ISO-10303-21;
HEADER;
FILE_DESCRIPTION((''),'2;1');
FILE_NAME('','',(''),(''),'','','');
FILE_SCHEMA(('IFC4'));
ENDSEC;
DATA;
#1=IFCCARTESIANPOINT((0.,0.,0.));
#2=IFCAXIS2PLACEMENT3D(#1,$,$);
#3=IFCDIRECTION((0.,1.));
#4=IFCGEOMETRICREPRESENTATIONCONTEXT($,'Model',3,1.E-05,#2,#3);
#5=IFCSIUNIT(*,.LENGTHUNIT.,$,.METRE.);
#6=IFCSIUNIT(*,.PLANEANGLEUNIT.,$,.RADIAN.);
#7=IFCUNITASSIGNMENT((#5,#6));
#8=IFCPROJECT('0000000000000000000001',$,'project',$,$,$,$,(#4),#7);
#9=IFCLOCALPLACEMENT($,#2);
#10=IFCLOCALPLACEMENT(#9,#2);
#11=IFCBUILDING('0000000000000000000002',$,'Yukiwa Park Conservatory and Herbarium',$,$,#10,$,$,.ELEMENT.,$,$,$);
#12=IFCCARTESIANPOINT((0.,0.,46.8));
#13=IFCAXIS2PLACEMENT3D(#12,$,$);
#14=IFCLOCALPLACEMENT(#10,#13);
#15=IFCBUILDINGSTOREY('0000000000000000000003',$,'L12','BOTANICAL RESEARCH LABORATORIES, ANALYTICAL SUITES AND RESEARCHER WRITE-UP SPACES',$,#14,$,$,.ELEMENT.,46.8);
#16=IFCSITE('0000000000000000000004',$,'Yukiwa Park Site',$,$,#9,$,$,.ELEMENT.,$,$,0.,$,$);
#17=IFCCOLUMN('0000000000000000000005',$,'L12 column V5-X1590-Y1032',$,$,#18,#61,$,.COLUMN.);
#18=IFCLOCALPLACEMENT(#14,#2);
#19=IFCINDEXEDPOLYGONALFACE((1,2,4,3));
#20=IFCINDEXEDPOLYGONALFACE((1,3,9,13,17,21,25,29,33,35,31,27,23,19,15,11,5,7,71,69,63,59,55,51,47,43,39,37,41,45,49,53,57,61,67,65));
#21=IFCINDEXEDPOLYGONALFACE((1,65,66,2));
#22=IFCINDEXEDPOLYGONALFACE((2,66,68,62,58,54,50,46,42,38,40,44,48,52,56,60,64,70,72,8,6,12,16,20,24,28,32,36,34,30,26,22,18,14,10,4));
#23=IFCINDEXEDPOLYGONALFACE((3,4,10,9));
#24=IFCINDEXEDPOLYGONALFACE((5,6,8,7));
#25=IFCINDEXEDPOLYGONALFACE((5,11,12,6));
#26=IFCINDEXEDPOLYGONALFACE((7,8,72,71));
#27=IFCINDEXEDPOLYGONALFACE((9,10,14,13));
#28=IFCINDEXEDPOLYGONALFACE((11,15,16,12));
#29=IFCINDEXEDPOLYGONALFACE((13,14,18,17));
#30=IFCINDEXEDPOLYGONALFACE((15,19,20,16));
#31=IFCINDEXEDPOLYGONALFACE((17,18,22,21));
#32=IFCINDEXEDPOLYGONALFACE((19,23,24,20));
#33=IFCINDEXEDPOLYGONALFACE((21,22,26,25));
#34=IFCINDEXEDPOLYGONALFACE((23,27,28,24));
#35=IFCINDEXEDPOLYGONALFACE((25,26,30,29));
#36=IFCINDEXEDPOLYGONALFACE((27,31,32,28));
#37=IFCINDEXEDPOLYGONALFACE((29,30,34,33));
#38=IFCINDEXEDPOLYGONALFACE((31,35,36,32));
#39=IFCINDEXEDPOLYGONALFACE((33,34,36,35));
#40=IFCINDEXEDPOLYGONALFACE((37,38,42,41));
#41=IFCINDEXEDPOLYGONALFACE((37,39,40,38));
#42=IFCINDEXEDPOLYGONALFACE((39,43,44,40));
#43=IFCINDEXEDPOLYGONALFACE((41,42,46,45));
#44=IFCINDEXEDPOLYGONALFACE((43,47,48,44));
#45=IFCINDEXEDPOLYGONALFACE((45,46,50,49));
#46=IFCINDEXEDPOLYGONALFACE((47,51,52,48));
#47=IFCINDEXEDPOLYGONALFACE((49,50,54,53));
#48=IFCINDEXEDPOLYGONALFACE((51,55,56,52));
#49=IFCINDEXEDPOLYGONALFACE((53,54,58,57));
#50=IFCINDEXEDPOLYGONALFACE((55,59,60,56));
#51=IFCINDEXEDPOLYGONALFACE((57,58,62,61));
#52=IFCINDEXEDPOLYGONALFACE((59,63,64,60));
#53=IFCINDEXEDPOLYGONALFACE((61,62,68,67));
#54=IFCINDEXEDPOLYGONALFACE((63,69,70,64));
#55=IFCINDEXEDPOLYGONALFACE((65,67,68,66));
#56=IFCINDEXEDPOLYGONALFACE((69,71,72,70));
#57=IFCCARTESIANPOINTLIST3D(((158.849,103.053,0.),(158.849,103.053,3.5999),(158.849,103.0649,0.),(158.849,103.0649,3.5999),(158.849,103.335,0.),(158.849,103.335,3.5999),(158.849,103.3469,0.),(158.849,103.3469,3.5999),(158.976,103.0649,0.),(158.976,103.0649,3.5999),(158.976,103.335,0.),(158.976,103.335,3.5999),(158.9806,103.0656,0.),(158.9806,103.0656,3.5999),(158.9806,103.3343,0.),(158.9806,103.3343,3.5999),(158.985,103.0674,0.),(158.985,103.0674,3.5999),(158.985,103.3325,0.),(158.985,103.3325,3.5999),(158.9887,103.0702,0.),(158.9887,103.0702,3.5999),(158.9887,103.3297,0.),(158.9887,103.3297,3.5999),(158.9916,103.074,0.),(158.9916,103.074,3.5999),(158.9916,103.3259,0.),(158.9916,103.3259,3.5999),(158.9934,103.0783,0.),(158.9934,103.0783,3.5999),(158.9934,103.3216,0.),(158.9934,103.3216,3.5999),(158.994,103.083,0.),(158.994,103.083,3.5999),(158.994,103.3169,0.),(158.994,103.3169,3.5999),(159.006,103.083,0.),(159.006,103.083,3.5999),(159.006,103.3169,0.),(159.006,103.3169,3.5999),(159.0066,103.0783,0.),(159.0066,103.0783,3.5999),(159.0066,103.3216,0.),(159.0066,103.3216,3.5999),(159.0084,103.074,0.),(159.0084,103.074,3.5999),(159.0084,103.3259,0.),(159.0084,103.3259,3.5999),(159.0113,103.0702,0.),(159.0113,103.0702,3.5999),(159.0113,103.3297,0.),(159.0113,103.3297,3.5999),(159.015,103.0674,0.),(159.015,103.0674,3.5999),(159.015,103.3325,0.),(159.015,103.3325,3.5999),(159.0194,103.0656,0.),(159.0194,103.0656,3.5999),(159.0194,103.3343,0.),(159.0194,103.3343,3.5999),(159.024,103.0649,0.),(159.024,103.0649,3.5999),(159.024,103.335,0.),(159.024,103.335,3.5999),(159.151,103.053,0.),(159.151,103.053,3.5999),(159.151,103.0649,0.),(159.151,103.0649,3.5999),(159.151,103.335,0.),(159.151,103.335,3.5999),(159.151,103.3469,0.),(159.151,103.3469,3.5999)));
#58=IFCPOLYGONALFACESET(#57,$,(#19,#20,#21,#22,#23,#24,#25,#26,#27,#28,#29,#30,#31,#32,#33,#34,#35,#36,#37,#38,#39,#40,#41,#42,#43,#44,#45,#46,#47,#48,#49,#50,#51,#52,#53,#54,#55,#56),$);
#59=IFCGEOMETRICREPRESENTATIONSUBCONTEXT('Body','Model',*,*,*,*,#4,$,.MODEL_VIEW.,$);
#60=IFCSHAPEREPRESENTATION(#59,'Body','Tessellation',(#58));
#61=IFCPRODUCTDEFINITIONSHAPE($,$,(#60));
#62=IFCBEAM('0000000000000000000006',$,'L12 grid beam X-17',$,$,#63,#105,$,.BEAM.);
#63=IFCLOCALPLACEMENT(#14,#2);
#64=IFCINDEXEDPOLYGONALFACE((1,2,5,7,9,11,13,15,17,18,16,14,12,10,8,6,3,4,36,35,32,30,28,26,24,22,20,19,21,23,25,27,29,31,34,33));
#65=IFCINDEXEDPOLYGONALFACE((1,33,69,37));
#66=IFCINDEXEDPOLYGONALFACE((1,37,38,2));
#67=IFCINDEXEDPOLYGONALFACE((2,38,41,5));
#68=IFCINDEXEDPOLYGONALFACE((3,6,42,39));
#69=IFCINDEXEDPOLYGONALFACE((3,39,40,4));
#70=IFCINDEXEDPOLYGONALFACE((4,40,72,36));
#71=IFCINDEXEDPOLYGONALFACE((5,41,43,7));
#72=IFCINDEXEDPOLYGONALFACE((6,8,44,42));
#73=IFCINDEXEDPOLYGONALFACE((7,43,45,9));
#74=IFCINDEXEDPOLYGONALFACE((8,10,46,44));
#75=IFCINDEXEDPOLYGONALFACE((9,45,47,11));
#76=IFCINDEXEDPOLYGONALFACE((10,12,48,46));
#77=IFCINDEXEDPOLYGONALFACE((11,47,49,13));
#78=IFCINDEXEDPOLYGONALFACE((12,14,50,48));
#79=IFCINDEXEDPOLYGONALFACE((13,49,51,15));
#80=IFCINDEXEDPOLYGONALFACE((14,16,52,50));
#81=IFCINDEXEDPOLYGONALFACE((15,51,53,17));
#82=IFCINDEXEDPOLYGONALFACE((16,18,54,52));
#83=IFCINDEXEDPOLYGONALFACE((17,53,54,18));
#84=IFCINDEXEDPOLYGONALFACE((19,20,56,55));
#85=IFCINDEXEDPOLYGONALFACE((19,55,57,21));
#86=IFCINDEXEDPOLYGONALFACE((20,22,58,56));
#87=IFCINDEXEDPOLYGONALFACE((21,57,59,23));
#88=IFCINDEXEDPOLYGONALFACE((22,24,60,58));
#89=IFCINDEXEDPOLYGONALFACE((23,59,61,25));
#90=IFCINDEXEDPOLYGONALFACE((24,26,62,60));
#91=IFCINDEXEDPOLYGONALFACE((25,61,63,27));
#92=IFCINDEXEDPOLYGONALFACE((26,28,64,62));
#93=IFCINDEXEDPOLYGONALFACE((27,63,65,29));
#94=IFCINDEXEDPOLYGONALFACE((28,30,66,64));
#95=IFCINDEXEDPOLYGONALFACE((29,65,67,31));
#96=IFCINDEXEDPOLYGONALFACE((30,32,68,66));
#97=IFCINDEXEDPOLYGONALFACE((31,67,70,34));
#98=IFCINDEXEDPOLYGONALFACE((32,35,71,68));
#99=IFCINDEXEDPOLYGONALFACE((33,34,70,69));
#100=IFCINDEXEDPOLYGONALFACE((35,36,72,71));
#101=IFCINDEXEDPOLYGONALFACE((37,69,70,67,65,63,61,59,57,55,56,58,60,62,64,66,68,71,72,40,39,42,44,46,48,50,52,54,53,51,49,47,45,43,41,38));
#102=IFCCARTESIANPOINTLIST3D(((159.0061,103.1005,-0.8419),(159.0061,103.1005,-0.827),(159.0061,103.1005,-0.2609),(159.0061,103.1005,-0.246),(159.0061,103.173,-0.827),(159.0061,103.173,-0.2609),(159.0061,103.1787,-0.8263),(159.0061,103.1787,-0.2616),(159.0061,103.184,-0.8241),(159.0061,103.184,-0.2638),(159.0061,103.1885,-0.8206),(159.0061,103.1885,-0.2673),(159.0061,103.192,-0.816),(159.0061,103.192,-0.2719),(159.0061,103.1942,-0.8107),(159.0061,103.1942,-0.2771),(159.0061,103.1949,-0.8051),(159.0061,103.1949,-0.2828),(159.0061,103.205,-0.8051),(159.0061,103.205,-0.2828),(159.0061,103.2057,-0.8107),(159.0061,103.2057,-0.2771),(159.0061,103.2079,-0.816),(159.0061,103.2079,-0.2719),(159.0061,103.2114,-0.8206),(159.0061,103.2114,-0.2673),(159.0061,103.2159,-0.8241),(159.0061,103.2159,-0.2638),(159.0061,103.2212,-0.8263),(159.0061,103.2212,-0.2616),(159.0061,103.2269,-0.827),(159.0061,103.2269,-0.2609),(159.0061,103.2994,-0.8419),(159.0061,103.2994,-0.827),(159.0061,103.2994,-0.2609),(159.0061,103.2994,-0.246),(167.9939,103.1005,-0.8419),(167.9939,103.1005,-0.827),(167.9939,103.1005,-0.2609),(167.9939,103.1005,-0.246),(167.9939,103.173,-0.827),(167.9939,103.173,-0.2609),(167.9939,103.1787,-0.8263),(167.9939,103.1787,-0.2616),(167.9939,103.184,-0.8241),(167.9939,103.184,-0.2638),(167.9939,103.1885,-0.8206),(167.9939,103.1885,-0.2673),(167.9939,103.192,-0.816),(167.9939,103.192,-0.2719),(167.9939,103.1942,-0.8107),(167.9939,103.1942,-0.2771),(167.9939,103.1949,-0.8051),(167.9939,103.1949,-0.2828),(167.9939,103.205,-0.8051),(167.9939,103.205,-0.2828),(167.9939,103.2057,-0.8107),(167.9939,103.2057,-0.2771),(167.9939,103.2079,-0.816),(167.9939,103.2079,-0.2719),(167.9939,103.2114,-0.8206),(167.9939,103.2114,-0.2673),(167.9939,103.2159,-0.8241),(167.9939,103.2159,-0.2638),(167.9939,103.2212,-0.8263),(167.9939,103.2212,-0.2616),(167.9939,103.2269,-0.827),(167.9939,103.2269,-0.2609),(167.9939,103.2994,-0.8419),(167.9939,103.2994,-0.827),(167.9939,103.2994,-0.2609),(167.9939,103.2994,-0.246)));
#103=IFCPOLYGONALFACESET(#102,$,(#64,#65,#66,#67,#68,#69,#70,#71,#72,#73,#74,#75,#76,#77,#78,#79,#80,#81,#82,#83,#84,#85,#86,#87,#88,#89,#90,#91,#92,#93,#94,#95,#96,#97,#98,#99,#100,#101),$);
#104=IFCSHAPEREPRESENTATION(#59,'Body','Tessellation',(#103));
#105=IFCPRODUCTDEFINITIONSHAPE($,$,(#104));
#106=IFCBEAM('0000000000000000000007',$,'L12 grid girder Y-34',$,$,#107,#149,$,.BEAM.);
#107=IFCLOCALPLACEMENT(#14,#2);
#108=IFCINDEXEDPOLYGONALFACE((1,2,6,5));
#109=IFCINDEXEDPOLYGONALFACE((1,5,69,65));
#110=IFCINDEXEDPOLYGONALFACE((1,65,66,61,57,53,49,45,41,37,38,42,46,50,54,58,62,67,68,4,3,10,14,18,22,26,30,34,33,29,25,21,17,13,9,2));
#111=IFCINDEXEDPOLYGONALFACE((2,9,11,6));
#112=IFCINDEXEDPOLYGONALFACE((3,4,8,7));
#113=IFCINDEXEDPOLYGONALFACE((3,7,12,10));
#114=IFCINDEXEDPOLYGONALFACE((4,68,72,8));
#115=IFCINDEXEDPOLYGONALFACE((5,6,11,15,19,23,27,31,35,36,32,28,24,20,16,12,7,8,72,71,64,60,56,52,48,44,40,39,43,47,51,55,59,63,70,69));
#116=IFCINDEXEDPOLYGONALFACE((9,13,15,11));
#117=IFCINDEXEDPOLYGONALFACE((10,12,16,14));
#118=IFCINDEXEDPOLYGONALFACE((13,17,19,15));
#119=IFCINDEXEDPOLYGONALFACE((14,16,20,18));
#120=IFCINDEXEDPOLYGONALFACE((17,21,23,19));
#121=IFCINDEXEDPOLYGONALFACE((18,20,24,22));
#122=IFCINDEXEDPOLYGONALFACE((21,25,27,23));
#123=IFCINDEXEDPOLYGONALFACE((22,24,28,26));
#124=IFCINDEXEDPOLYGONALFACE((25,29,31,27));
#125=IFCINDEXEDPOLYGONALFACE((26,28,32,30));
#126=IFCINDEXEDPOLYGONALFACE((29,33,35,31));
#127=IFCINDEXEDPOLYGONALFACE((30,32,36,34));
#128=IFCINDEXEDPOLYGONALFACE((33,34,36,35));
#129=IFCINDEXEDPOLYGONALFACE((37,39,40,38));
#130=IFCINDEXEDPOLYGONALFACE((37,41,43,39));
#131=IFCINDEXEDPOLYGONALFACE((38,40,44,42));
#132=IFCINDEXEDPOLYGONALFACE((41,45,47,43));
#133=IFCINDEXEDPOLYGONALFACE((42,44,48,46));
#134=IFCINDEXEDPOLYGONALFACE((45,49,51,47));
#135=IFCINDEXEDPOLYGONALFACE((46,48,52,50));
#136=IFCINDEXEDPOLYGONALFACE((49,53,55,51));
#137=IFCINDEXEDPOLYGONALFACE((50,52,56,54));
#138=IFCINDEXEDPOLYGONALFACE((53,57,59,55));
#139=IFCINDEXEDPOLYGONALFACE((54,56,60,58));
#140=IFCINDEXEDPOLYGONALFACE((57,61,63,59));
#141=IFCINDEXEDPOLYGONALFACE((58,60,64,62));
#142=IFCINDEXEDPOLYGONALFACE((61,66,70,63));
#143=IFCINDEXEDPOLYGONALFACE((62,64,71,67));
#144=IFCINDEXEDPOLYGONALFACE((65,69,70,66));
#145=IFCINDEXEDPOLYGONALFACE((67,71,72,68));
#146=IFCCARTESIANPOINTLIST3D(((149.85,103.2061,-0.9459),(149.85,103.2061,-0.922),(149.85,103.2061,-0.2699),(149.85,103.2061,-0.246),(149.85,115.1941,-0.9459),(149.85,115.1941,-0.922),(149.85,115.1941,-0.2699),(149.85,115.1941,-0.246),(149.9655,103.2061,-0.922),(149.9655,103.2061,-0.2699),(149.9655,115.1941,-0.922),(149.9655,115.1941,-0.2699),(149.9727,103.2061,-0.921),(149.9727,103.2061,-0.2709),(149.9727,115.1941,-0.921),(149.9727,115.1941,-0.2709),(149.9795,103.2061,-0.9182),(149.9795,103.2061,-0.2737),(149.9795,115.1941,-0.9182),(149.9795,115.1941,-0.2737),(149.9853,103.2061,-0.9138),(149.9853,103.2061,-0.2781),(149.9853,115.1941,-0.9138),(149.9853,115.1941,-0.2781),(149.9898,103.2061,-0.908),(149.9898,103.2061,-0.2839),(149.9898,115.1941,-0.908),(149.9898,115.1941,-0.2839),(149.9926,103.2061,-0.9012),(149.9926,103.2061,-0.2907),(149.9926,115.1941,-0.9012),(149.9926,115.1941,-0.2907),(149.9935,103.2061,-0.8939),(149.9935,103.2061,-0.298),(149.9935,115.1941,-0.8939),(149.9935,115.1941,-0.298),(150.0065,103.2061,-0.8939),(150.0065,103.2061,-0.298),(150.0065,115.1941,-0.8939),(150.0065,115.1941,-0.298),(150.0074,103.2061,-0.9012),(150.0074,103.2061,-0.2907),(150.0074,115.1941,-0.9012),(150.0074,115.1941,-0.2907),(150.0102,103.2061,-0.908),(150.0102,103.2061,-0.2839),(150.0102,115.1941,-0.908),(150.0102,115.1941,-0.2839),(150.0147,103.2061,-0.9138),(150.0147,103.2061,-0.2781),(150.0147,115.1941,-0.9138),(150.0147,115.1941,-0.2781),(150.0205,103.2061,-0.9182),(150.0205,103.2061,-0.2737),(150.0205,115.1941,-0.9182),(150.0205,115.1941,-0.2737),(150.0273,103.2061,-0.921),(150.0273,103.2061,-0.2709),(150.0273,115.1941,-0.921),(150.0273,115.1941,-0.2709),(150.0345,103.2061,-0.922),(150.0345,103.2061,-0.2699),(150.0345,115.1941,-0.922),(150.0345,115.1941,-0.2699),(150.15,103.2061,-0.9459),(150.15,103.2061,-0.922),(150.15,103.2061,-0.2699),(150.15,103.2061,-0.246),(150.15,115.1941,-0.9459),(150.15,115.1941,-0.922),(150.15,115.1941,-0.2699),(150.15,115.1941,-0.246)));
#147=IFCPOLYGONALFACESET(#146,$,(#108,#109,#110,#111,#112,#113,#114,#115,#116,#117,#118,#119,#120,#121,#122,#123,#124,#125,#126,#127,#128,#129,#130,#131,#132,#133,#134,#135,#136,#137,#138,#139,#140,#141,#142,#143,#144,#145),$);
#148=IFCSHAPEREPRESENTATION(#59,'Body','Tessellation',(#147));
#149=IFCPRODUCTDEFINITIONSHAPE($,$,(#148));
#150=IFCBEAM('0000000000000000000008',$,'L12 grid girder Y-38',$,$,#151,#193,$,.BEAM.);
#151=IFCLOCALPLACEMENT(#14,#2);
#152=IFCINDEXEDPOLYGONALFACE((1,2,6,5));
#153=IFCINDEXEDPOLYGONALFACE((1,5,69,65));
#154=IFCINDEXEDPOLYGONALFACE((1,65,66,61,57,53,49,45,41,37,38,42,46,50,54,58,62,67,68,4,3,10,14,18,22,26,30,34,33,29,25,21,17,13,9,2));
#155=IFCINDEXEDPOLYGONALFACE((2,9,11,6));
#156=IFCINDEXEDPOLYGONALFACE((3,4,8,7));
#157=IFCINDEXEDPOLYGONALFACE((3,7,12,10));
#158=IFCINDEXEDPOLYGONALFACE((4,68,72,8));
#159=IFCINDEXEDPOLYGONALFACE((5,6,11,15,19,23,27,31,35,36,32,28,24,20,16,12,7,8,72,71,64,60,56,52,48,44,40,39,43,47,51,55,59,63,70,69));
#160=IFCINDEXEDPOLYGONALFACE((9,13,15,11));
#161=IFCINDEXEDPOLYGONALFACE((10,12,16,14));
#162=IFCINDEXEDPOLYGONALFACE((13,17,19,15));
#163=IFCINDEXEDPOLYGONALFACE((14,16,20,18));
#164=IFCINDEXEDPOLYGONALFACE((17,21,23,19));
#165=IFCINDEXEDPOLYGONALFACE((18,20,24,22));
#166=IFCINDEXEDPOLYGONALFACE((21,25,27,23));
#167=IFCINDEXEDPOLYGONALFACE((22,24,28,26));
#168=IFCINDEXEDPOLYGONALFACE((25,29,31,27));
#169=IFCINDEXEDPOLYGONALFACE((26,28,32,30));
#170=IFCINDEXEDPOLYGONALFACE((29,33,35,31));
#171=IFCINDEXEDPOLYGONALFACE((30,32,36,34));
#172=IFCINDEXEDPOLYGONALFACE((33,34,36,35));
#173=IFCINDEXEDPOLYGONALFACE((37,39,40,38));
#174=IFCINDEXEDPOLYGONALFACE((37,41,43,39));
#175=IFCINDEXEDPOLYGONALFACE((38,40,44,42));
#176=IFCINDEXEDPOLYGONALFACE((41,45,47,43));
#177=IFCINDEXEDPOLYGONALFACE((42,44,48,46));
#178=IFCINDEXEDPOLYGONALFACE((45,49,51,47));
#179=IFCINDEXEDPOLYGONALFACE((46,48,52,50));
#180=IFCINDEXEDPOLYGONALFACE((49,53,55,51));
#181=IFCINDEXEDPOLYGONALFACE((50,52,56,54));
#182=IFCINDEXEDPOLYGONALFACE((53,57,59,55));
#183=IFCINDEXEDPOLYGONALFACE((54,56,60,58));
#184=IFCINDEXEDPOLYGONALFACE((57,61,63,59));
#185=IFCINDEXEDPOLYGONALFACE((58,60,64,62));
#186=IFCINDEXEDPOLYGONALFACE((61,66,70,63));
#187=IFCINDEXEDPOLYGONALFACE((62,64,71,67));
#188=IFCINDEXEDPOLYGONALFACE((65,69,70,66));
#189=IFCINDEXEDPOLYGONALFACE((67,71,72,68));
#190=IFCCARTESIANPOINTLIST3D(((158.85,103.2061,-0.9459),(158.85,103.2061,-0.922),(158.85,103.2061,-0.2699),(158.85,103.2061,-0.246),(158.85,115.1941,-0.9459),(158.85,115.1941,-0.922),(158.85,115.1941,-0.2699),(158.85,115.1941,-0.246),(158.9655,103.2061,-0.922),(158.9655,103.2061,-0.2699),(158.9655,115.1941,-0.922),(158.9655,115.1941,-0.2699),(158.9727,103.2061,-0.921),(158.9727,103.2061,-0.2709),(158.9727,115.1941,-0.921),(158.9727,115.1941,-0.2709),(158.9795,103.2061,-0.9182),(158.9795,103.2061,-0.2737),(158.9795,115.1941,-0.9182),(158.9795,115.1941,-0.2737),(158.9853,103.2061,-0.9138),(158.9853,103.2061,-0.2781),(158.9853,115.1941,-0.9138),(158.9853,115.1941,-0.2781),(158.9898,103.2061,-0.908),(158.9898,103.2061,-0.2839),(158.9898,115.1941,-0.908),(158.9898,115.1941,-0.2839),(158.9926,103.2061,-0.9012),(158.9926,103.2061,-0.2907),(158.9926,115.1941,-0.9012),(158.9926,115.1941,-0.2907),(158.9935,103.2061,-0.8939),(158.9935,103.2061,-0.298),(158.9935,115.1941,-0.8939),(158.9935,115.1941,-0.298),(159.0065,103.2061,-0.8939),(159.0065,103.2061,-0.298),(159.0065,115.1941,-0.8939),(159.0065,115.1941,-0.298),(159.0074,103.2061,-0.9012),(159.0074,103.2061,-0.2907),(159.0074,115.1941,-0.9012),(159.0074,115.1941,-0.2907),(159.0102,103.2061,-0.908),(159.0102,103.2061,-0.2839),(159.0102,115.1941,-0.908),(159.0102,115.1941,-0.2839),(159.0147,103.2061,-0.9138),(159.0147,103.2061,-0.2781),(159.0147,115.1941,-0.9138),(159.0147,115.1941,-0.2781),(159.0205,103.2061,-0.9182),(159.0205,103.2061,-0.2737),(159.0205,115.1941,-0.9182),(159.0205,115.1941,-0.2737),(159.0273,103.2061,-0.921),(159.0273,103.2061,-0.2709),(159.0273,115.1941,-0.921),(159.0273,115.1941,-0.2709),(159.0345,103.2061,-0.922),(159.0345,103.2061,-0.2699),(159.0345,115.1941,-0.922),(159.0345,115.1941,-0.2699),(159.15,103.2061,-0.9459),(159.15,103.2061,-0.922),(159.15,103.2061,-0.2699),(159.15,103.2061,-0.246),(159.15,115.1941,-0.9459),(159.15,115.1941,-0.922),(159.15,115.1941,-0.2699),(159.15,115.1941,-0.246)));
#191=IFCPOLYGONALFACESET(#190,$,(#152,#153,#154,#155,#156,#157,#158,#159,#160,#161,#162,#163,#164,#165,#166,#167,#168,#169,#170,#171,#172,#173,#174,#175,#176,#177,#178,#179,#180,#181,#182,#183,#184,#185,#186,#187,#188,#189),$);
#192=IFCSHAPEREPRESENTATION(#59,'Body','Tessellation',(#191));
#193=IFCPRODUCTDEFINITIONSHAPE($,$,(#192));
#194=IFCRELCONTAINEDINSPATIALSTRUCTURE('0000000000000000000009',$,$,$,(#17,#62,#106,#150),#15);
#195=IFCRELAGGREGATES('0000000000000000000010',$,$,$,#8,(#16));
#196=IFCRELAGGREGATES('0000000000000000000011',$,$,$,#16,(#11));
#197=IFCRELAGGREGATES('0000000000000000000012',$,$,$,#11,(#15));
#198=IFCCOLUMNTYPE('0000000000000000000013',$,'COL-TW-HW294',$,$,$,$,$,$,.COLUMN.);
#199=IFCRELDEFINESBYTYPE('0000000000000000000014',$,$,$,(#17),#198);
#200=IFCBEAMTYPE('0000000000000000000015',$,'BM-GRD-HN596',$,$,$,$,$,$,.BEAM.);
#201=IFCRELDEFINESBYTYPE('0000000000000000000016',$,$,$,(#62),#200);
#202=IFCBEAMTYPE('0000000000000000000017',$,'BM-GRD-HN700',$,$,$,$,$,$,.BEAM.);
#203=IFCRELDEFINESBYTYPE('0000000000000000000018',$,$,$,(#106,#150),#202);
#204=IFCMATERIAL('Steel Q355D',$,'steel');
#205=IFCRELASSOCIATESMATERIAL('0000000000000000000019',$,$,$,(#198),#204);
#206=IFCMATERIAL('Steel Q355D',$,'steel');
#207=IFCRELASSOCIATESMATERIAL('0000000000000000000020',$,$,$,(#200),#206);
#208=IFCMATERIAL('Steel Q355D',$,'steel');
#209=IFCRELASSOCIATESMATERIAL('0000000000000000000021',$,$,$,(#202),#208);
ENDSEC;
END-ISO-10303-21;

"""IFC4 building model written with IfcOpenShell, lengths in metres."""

from ifc_helpers import new_model, si_unit, direction, frame, origin, origin_2d, place, context, subcontext, project, spatial, i_section, extrude, material, material_profile, profile_set, type_object, element, save


model = new_model("IFC4")

# Units and contexts
model_context = context("Model", 3, precision=1e-05, world=origin(), true_north=direction((0.0, 1.0)))
body_context = subcontext(model_context, "Body", "Model", "MODEL_VIEW")
ifc_project = project(units=[si_unit("LENGTHUNIT", "METRE"), si_unit("PLANEANGLEUNIT", "RADIAN")], contexts=[model_context])

# Site, building, storey
site_placement = place(None, origin())
site = spatial("IfcSite", under=ifc_project, at=site_placement, Name="Yukiwa Park Site", CompositionType="ELEMENT", RefElevation=0.0)
building_placement = place(site_placement, origin())
building = spatial("IfcBuilding", under=site, at=building_placement, Name="Yukiwa Park Conservatory and Herbarium", CompositionType="ELEMENT")
storey_placement = place(building_placement, frame((0.0, 0.0, 46.8)))
storey = spatial("IfcBuildingStorey", under=building, at=storey_placement, Name="L12", Description="BOTANICAL RESEARCH LABORATORIES, ANALYTICAL SUITES AND RESEARCHER WRITE-UP SPACES", CompositionType="ELEMENT", Elevation=46.8)

# Column
ifc_material_1 = material(Name="Steel Q355D", Category="steel")
ifc_material_profile_1 = material_profile(ifc_material_1, i_section(OverallWidth=0.302, OverallDepth=0.2939, WebThickness=0.012, FlangeThickness=0.012, FilletRadius=0.0181, at=origin_2d()), Name="HW 294x302x12x12")
ifc_profile_set_1 = profile_set([ifc_material_profile_1], Name="Steel Q355D")
column_type_1 = type_object("IfcColumnType", Name="COL-TW-HW294", PredefinedType="COLUMN", material=ifc_profile_set_1)
for number, where, z_axis, x_axis, name in (
    (1, (159.0, 103.2, 0.0), (0.0, 0.0, 1.0), (1.0, 0.0, 0.0), "L12 column V5-X1590-Y1032"),
):
    element("IfcColumn", number, at=place(storey_placement, frame(where, z_axis=z_axis, x_axis=x_axis)), inside=storey, type_object=column_type_1, Name=name, PredefinedType="COLUMN", context=body_context, shape_type="SweptSolid", body=[
        extrude(i_section(OverallWidth=0.302, OverallDepth=0.2939, WebThickness=0.012, FlangeThickness=0.012, FilletRadius=0.0181, at=origin_2d()), origin(), (0.0, 0.0, 1.0), 3.5999),
    ])

# Beams
ifc_material_2 = material(Name="Steel Q355D", Category="steel")
ifc_material_profile_2 = material_profile(ifc_material_2, i_section(OverallWidth=0.199, OverallDepth=0.5959, WebThickness=0.01, FlangeThickness=0.0149, FilletRadius=0.022, at=origin_2d()), Name="HN 596x199x10x15")
ifc_profile_set_2 = profile_set([ifc_material_profile_2], Name="Steel Q355D")
beam_type_1 = type_object("IfcBeamType", Name="BM-GRD-HN596", PredefinedType="BEAM", material=ifc_profile_set_2)
beam_placement = place(storey_placement, frame((159.0061, 103.2, -0.5439), z_axis=(1.0, 0.0, 0.0), x_axis=(0.0, 1.0, 0.0)))
element("IfcBeam", 2, at=beam_placement, inside=storey, type_object=beam_type_1, Name="L12 grid beam X-17", PredefinedType="BEAM", context=body_context, shape_type="SweptSolid", body=[
    extrude(i_section(OverallWidth=0.199, OverallDepth=0.5959, WebThickness=0.01, FlangeThickness=0.0149, FilletRadius=0.022, at=origin_2d()), origin(), (0.0, 0.0, 1.0), 8.9878),
])
ifc_material_3 = material(Name="Steel Q355D", Category="steel")
ifc_material_profile_3 = material_profile(ifc_material_3, i_section(OverallWidth=0.3, OverallDepth=0.7, WebThickness=0.0129, FlangeThickness=0.0239, FilletRadius=0.0281, at=origin_2d()), Name="HN 700x300x13x24")
ifc_profile_set_3 = profile_set([ifc_material_profile_3], Name="Steel Q355D")
beam_type_2 = type_object("IfcBeamType", Name="BM-GRD-HN700", PredefinedType="BEAM", material=ifc_profile_set_3)
for number, where, z_axis, x_axis, name in (
    (3, (150.0, 103.2061, -0.5959), (0.0, 1.0, 0.0), (-1.0, 0.0, 0.0), "L12 grid girder Y-34"),
    (4, (159.0, 103.2061, -0.5959), (0.0, 1.0, 0.0), (-1.0, 0.0, 0.0), "L12 grid girder Y-38"),
):
    element("IfcBeam", number, at=place(storey_placement, frame(where, z_axis=z_axis, x_axis=x_axis)), inside=storey, type_object=beam_type_2, Name=name, PredefinedType="BEAM", context=body_context, shape_type="SweptSolid", body=[
        extrude(i_section(OverallWidth=0.3, OverallDepth=0.7, WebThickness=0.0129, FlangeThickness=0.0239, FilletRadius=0.0281, at=origin_2d()), origin(), (0.0, 0.0, 1.0), 11.988),
    ])

save(model, "model.ifc")
